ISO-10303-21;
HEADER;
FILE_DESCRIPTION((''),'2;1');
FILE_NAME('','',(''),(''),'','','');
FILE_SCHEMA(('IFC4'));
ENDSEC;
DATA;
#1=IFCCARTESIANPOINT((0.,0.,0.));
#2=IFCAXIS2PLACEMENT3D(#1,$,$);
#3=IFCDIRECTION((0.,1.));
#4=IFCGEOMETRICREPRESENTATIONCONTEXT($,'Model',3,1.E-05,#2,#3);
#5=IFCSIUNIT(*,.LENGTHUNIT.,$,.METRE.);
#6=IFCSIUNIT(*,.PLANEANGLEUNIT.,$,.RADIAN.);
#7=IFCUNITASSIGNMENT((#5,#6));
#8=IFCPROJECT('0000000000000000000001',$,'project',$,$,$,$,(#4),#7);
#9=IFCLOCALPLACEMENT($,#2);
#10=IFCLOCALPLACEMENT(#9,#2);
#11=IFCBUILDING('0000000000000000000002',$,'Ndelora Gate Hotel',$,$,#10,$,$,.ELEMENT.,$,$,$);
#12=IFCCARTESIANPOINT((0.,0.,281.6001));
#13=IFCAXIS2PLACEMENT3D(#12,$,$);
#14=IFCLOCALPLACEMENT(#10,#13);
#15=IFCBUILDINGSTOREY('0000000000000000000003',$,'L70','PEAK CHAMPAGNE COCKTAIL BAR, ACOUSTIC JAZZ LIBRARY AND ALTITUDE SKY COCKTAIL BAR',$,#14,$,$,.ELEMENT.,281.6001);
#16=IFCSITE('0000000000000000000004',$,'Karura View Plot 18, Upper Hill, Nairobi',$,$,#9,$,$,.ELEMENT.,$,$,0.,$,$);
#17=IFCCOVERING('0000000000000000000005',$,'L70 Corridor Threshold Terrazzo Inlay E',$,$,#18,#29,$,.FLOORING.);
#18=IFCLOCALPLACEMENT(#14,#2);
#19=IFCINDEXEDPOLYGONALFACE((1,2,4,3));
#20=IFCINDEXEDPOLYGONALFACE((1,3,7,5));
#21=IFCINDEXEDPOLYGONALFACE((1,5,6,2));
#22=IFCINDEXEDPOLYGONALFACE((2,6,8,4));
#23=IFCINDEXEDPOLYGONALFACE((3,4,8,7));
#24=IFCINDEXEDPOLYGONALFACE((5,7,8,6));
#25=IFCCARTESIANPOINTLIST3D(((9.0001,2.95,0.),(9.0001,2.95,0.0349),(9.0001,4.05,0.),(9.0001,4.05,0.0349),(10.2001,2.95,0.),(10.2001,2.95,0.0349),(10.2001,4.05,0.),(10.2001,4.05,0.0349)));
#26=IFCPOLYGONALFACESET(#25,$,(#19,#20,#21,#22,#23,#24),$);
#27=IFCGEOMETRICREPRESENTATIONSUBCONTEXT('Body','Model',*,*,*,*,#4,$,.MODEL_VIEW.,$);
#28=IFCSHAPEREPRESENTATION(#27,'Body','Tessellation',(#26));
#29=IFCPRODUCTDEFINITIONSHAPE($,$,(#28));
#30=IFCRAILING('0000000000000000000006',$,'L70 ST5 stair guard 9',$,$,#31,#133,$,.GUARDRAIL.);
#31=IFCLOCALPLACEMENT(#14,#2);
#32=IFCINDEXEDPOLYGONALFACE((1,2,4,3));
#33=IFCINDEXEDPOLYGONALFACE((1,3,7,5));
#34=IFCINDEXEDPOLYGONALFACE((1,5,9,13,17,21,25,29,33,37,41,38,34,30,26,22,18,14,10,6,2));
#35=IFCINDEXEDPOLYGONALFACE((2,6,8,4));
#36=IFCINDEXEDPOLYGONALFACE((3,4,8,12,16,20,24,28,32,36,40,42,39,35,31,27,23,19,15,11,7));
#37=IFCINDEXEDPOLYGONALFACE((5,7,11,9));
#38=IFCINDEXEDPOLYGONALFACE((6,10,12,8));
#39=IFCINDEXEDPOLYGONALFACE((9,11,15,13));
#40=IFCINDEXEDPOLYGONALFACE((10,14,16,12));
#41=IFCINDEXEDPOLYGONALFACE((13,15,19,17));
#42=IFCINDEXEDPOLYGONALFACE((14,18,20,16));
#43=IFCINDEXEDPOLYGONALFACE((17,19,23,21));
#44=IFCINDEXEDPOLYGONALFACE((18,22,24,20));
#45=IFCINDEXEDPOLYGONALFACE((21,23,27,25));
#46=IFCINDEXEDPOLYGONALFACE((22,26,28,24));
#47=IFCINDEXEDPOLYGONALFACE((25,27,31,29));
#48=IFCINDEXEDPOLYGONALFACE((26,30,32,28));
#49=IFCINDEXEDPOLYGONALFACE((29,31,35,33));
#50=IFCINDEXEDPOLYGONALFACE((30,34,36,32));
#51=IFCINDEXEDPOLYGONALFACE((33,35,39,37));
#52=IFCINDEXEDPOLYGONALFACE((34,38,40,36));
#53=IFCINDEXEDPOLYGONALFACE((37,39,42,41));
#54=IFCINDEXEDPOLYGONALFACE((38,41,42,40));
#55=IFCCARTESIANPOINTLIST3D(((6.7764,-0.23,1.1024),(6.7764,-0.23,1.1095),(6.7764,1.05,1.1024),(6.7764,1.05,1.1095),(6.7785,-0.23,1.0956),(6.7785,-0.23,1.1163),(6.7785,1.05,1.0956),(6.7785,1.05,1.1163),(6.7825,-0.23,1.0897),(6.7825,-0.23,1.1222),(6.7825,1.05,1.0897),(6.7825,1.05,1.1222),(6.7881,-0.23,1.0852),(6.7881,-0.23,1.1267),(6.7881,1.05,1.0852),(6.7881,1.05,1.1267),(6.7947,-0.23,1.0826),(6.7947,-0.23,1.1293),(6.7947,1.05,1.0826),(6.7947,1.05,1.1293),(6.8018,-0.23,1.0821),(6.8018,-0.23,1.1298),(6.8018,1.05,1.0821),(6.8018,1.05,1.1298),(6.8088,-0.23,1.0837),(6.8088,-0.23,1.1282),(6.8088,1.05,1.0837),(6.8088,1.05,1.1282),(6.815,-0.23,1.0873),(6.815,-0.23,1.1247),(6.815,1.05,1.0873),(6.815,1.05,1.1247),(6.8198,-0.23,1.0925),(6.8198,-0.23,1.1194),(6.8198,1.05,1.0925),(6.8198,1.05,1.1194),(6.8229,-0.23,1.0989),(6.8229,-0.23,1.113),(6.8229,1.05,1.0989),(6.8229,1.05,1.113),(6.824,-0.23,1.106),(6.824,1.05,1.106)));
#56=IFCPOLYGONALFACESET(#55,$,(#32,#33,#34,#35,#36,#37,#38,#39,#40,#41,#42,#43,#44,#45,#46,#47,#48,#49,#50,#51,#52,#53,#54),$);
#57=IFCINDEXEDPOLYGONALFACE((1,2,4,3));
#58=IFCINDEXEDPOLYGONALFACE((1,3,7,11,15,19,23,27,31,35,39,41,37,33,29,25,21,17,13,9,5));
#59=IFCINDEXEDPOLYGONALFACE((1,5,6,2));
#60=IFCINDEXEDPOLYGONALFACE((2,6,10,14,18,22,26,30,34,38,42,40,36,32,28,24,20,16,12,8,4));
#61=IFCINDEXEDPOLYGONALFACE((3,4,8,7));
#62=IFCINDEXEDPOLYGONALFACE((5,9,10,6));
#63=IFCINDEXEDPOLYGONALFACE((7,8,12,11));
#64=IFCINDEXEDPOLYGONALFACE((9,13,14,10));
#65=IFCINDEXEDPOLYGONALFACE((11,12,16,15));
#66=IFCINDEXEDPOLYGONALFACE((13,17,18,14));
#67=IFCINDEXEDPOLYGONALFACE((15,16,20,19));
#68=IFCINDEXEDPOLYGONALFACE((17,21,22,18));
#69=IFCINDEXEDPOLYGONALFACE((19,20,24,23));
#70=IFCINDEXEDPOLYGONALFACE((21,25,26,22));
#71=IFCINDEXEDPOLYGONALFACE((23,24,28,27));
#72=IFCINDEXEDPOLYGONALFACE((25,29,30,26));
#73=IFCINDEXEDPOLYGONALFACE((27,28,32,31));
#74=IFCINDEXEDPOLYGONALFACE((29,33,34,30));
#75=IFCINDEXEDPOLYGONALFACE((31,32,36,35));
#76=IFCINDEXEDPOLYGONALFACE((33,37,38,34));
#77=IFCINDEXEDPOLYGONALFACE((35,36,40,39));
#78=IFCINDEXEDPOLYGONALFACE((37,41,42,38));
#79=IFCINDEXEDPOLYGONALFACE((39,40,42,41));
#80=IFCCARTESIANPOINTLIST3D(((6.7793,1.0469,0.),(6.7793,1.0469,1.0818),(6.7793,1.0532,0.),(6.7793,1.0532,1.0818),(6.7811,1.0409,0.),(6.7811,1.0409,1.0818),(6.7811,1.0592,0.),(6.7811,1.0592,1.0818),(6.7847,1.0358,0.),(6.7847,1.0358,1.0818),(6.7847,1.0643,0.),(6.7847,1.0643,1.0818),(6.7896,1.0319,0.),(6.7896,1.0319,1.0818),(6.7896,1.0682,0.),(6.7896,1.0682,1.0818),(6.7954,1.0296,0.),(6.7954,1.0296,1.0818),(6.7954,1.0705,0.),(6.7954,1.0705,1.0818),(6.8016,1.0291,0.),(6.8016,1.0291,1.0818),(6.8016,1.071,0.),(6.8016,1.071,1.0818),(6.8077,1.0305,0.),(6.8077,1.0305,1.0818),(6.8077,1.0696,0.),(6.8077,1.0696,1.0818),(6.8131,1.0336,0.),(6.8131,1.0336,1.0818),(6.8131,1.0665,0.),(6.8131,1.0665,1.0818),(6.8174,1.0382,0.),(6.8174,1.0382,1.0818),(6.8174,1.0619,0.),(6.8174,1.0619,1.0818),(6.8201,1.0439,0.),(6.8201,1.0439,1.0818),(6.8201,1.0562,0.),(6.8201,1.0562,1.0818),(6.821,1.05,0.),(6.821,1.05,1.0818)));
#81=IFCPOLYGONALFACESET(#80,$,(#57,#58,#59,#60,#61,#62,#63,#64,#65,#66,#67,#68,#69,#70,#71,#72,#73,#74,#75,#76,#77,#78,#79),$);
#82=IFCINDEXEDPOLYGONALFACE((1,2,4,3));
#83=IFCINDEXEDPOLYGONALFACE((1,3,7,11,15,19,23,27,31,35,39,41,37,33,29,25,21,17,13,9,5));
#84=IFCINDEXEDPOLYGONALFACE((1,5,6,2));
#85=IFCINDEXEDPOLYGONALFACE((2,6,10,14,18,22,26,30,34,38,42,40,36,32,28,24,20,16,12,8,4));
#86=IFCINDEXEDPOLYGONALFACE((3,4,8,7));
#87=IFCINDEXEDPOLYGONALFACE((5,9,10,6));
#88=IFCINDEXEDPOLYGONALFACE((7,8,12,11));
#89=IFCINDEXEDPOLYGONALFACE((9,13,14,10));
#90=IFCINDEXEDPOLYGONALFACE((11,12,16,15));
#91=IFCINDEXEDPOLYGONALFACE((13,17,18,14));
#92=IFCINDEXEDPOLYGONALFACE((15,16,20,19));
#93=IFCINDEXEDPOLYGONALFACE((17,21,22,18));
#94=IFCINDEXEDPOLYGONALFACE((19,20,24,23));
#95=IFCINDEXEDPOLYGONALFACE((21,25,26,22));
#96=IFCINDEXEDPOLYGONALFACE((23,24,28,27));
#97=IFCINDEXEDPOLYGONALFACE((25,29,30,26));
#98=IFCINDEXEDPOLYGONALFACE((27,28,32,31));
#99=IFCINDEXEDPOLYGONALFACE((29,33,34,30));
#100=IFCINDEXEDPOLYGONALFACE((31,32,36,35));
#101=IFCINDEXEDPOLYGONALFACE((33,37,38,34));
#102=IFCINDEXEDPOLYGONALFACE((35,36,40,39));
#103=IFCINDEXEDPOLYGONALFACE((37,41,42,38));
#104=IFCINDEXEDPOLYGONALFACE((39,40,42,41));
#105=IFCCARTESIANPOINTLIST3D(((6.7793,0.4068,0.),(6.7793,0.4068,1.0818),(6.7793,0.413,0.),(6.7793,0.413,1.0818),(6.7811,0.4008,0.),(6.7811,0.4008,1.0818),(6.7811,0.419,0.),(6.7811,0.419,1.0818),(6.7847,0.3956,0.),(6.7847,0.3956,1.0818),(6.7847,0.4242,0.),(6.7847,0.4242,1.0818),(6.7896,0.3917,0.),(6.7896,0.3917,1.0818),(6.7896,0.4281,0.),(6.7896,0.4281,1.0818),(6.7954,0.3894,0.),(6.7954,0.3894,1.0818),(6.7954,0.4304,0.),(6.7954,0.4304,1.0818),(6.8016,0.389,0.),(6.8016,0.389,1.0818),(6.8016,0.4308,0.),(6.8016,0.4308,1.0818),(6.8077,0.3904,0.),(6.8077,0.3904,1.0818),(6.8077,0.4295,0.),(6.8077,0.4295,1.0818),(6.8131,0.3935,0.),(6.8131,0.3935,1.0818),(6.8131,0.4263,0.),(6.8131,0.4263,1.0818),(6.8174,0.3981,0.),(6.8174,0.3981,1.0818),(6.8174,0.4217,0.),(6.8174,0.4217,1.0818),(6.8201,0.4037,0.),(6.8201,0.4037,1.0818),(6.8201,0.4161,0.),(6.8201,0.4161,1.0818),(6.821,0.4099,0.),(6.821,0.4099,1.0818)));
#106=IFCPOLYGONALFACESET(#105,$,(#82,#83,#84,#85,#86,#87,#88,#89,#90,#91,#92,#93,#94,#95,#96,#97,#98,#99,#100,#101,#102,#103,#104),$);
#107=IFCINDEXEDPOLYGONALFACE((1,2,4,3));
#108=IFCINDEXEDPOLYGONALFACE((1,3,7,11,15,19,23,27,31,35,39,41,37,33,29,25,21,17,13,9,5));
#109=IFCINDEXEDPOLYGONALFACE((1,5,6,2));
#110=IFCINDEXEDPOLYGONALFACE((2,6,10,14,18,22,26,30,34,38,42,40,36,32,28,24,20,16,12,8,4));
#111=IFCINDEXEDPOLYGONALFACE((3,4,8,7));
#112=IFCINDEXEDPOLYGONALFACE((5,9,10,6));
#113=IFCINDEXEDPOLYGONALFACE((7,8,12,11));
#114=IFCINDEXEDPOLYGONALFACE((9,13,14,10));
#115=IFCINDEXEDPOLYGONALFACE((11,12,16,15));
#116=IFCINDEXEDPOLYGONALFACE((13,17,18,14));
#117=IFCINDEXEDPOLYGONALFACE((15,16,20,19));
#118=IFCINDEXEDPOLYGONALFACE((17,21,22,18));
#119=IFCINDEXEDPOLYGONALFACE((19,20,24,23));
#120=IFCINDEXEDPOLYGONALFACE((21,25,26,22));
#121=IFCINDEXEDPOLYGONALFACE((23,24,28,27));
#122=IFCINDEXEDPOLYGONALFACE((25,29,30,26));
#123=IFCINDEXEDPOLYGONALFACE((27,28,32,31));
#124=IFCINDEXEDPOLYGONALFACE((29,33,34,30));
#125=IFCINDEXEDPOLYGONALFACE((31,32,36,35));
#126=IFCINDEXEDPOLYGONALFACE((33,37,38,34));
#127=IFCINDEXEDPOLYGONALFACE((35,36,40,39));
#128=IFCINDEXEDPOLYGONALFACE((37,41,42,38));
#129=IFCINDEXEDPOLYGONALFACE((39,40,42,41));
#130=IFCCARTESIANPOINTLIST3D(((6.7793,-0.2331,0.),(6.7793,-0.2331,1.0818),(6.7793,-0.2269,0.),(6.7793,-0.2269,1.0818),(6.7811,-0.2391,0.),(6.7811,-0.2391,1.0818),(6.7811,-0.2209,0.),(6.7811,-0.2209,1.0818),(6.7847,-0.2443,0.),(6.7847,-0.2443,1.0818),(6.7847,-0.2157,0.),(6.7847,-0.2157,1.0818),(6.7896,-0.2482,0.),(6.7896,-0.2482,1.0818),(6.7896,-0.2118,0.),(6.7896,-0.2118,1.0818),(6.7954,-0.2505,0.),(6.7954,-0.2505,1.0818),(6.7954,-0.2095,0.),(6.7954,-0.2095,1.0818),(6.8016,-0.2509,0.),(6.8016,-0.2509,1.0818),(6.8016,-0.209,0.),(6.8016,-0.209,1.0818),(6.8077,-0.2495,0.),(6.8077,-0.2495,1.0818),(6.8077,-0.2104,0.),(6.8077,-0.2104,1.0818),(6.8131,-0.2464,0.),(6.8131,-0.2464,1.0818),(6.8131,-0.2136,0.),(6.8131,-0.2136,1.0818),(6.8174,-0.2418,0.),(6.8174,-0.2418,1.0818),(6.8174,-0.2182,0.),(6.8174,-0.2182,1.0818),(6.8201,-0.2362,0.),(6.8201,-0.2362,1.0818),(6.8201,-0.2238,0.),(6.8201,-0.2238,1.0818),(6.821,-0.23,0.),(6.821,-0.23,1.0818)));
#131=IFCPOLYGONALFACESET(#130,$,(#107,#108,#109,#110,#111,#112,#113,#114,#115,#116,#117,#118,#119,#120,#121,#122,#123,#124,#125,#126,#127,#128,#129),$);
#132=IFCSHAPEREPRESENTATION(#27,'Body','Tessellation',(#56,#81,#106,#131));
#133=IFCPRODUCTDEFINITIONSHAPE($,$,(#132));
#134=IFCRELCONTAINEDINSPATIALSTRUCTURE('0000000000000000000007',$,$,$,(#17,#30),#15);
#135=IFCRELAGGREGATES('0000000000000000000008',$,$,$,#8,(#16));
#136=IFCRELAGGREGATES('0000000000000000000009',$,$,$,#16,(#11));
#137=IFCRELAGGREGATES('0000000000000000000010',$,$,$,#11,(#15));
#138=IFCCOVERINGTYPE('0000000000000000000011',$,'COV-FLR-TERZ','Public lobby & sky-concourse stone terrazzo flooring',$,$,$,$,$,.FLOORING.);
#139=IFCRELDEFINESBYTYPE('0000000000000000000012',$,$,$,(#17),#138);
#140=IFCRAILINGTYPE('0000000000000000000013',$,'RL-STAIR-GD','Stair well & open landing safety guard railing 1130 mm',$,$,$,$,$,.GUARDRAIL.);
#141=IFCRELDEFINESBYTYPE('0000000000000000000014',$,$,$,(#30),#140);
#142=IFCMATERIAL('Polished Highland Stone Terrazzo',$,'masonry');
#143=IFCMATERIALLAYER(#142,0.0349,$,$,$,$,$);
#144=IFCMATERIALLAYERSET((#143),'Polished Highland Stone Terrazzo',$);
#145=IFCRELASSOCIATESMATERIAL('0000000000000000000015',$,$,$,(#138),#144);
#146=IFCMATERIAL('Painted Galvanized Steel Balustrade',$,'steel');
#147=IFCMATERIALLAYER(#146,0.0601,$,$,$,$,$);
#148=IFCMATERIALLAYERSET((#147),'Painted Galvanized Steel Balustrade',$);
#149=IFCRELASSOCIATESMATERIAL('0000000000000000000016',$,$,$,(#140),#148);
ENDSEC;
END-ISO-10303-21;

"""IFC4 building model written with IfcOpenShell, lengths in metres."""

from ifc_helpers import new_model, si_unit, direction, frame, origin, origin_2d, place, context, subcontext, project, spatial, rectangle, circle, extrude, material, layer, layer_set, type_object, element, save


model = new_model("IFC4")

# Units and contexts
model_context = context("Model", 3, precision=1e-05, world=origin(), true_north=direction((0.0, 1.0)))
body_context = subcontext(model_context, "Body", "Model", "MODEL_VIEW")
ifc_project = project(units=[si_unit("LENGTHUNIT", "METRE"), si_unit("PLANEANGLEUNIT", "RADIAN")], contexts=[model_context])

# Site, building, storey
site_placement = place(None, origin())
site = spatial("IfcSite", under=ifc_project, at=site_placement, Name="Karura View Plot 18, Upper Hill, Nairobi", CompositionType="ELEMENT", RefElevation=0.0)
building_placement = place(site_placement, origin())
building = spatial("IfcBuilding", under=site, at=building_placement, Name="Ndelora Gate Hotel", CompositionType="ELEMENT")
storey_placement = place(building_placement, frame((0.0, 0.0, 281.6001)))
storey = spatial("IfcBuildingStorey", under=building, at=storey_placement, Name="L70", Description="PEAK CHAMPAGNE COCKTAIL BAR, ACOUSTIC JAZZ LIBRARY AND ALTITUDE SKY COCKTAIL BAR", CompositionType="ELEMENT", Elevation=281.6001)

# Covering
ifc_material_1 = material(Name="Polished Highland Stone Terrazzo", Category="masonry")
ifc_layer_1 = layer(ifc_material_1, 0.0349)
ifc_layer_set_1 = layer_set([ifc_layer_1], Name="Polished Highland Stone Terrazzo")
covering_type_1 = type_object("IfcCoveringType", Name="COV-FLR-TERZ", Description="Public lobby & sky-concourse stone terrazzo flooring", PredefinedType="FLOORING", material=ifc_layer_set_1)
covering_1_placement = place(storey_placement, frame((9.6001, 3.5, 0.0), z_axis=(0.0, 0.0, 1.0), x_axis=(1.0, 0.0, 0.0)))
element("IfcCovering", 1, at=covering_1_placement, inside=storey, type_object=covering_type_1, Name="L70 Corridor Threshold Terrazzo Inlay E", PredefinedType="FLOORING", context=body_context, shape_type="SweptSolid", body=[
    extrude(rectangle(XDim=1.2, YDim=1.1001, at=origin_2d()), origin(), (0.0, 0.0, 1.0), 0.0349),
])

# Railing
ifc_material_2 = material(Name="Painted Galvanized Steel Balustrade", Category="steel")
ifc_layer_2 = layer(ifc_material_2, 0.0601)
ifc_layer_set_2 = layer_set([ifc_layer_2], Name="Painted Galvanized Steel Balustrade")
railing_type = type_object("IfcRailingType", Name="RL-STAIR-GD", Description="Stair well & open landing safety guard railing 1130 mm", PredefinedType="GUARDRAIL", material=ifc_layer_set_2)
railing_1_placement = place(storey_placement, frame((6.8, 1.05, 0.0)))
element("IfcRailing", 2, at=railing_1_placement, inside=storey, type_object=railing_type, Name="L70 ST5 stair guard 9", PredefinedType="GUARDRAIL", context=body_context, shape_type="SweptSolid", body=[
    extrude(circle(Radius=0.0239, at=origin_2d()), frame((0.0, 0.0, 1.106), z_axis=(0.0, -1.0, 0.0), x_axis=(1.0, 0.0, 0.0)), (0.0, 0.0, 1.0), 1.28),
    extrude(circle(Radius=0.021, at=origin_2d()), origin(), (0.0, 0.0, 1.0), 1.0818),
    extrude(circle(Radius=0.021, at=origin_2d()), frame((0.0, -0.6401, 0.0)), (0.0, 0.0, 1.0), 1.0818),
    extrude(circle(Radius=0.021, at=origin_2d()), frame((0.0, -1.28, 0.0)), (0.0, 0.0, 1.0), 1.0818),
])

save(model, "model.ifc")
